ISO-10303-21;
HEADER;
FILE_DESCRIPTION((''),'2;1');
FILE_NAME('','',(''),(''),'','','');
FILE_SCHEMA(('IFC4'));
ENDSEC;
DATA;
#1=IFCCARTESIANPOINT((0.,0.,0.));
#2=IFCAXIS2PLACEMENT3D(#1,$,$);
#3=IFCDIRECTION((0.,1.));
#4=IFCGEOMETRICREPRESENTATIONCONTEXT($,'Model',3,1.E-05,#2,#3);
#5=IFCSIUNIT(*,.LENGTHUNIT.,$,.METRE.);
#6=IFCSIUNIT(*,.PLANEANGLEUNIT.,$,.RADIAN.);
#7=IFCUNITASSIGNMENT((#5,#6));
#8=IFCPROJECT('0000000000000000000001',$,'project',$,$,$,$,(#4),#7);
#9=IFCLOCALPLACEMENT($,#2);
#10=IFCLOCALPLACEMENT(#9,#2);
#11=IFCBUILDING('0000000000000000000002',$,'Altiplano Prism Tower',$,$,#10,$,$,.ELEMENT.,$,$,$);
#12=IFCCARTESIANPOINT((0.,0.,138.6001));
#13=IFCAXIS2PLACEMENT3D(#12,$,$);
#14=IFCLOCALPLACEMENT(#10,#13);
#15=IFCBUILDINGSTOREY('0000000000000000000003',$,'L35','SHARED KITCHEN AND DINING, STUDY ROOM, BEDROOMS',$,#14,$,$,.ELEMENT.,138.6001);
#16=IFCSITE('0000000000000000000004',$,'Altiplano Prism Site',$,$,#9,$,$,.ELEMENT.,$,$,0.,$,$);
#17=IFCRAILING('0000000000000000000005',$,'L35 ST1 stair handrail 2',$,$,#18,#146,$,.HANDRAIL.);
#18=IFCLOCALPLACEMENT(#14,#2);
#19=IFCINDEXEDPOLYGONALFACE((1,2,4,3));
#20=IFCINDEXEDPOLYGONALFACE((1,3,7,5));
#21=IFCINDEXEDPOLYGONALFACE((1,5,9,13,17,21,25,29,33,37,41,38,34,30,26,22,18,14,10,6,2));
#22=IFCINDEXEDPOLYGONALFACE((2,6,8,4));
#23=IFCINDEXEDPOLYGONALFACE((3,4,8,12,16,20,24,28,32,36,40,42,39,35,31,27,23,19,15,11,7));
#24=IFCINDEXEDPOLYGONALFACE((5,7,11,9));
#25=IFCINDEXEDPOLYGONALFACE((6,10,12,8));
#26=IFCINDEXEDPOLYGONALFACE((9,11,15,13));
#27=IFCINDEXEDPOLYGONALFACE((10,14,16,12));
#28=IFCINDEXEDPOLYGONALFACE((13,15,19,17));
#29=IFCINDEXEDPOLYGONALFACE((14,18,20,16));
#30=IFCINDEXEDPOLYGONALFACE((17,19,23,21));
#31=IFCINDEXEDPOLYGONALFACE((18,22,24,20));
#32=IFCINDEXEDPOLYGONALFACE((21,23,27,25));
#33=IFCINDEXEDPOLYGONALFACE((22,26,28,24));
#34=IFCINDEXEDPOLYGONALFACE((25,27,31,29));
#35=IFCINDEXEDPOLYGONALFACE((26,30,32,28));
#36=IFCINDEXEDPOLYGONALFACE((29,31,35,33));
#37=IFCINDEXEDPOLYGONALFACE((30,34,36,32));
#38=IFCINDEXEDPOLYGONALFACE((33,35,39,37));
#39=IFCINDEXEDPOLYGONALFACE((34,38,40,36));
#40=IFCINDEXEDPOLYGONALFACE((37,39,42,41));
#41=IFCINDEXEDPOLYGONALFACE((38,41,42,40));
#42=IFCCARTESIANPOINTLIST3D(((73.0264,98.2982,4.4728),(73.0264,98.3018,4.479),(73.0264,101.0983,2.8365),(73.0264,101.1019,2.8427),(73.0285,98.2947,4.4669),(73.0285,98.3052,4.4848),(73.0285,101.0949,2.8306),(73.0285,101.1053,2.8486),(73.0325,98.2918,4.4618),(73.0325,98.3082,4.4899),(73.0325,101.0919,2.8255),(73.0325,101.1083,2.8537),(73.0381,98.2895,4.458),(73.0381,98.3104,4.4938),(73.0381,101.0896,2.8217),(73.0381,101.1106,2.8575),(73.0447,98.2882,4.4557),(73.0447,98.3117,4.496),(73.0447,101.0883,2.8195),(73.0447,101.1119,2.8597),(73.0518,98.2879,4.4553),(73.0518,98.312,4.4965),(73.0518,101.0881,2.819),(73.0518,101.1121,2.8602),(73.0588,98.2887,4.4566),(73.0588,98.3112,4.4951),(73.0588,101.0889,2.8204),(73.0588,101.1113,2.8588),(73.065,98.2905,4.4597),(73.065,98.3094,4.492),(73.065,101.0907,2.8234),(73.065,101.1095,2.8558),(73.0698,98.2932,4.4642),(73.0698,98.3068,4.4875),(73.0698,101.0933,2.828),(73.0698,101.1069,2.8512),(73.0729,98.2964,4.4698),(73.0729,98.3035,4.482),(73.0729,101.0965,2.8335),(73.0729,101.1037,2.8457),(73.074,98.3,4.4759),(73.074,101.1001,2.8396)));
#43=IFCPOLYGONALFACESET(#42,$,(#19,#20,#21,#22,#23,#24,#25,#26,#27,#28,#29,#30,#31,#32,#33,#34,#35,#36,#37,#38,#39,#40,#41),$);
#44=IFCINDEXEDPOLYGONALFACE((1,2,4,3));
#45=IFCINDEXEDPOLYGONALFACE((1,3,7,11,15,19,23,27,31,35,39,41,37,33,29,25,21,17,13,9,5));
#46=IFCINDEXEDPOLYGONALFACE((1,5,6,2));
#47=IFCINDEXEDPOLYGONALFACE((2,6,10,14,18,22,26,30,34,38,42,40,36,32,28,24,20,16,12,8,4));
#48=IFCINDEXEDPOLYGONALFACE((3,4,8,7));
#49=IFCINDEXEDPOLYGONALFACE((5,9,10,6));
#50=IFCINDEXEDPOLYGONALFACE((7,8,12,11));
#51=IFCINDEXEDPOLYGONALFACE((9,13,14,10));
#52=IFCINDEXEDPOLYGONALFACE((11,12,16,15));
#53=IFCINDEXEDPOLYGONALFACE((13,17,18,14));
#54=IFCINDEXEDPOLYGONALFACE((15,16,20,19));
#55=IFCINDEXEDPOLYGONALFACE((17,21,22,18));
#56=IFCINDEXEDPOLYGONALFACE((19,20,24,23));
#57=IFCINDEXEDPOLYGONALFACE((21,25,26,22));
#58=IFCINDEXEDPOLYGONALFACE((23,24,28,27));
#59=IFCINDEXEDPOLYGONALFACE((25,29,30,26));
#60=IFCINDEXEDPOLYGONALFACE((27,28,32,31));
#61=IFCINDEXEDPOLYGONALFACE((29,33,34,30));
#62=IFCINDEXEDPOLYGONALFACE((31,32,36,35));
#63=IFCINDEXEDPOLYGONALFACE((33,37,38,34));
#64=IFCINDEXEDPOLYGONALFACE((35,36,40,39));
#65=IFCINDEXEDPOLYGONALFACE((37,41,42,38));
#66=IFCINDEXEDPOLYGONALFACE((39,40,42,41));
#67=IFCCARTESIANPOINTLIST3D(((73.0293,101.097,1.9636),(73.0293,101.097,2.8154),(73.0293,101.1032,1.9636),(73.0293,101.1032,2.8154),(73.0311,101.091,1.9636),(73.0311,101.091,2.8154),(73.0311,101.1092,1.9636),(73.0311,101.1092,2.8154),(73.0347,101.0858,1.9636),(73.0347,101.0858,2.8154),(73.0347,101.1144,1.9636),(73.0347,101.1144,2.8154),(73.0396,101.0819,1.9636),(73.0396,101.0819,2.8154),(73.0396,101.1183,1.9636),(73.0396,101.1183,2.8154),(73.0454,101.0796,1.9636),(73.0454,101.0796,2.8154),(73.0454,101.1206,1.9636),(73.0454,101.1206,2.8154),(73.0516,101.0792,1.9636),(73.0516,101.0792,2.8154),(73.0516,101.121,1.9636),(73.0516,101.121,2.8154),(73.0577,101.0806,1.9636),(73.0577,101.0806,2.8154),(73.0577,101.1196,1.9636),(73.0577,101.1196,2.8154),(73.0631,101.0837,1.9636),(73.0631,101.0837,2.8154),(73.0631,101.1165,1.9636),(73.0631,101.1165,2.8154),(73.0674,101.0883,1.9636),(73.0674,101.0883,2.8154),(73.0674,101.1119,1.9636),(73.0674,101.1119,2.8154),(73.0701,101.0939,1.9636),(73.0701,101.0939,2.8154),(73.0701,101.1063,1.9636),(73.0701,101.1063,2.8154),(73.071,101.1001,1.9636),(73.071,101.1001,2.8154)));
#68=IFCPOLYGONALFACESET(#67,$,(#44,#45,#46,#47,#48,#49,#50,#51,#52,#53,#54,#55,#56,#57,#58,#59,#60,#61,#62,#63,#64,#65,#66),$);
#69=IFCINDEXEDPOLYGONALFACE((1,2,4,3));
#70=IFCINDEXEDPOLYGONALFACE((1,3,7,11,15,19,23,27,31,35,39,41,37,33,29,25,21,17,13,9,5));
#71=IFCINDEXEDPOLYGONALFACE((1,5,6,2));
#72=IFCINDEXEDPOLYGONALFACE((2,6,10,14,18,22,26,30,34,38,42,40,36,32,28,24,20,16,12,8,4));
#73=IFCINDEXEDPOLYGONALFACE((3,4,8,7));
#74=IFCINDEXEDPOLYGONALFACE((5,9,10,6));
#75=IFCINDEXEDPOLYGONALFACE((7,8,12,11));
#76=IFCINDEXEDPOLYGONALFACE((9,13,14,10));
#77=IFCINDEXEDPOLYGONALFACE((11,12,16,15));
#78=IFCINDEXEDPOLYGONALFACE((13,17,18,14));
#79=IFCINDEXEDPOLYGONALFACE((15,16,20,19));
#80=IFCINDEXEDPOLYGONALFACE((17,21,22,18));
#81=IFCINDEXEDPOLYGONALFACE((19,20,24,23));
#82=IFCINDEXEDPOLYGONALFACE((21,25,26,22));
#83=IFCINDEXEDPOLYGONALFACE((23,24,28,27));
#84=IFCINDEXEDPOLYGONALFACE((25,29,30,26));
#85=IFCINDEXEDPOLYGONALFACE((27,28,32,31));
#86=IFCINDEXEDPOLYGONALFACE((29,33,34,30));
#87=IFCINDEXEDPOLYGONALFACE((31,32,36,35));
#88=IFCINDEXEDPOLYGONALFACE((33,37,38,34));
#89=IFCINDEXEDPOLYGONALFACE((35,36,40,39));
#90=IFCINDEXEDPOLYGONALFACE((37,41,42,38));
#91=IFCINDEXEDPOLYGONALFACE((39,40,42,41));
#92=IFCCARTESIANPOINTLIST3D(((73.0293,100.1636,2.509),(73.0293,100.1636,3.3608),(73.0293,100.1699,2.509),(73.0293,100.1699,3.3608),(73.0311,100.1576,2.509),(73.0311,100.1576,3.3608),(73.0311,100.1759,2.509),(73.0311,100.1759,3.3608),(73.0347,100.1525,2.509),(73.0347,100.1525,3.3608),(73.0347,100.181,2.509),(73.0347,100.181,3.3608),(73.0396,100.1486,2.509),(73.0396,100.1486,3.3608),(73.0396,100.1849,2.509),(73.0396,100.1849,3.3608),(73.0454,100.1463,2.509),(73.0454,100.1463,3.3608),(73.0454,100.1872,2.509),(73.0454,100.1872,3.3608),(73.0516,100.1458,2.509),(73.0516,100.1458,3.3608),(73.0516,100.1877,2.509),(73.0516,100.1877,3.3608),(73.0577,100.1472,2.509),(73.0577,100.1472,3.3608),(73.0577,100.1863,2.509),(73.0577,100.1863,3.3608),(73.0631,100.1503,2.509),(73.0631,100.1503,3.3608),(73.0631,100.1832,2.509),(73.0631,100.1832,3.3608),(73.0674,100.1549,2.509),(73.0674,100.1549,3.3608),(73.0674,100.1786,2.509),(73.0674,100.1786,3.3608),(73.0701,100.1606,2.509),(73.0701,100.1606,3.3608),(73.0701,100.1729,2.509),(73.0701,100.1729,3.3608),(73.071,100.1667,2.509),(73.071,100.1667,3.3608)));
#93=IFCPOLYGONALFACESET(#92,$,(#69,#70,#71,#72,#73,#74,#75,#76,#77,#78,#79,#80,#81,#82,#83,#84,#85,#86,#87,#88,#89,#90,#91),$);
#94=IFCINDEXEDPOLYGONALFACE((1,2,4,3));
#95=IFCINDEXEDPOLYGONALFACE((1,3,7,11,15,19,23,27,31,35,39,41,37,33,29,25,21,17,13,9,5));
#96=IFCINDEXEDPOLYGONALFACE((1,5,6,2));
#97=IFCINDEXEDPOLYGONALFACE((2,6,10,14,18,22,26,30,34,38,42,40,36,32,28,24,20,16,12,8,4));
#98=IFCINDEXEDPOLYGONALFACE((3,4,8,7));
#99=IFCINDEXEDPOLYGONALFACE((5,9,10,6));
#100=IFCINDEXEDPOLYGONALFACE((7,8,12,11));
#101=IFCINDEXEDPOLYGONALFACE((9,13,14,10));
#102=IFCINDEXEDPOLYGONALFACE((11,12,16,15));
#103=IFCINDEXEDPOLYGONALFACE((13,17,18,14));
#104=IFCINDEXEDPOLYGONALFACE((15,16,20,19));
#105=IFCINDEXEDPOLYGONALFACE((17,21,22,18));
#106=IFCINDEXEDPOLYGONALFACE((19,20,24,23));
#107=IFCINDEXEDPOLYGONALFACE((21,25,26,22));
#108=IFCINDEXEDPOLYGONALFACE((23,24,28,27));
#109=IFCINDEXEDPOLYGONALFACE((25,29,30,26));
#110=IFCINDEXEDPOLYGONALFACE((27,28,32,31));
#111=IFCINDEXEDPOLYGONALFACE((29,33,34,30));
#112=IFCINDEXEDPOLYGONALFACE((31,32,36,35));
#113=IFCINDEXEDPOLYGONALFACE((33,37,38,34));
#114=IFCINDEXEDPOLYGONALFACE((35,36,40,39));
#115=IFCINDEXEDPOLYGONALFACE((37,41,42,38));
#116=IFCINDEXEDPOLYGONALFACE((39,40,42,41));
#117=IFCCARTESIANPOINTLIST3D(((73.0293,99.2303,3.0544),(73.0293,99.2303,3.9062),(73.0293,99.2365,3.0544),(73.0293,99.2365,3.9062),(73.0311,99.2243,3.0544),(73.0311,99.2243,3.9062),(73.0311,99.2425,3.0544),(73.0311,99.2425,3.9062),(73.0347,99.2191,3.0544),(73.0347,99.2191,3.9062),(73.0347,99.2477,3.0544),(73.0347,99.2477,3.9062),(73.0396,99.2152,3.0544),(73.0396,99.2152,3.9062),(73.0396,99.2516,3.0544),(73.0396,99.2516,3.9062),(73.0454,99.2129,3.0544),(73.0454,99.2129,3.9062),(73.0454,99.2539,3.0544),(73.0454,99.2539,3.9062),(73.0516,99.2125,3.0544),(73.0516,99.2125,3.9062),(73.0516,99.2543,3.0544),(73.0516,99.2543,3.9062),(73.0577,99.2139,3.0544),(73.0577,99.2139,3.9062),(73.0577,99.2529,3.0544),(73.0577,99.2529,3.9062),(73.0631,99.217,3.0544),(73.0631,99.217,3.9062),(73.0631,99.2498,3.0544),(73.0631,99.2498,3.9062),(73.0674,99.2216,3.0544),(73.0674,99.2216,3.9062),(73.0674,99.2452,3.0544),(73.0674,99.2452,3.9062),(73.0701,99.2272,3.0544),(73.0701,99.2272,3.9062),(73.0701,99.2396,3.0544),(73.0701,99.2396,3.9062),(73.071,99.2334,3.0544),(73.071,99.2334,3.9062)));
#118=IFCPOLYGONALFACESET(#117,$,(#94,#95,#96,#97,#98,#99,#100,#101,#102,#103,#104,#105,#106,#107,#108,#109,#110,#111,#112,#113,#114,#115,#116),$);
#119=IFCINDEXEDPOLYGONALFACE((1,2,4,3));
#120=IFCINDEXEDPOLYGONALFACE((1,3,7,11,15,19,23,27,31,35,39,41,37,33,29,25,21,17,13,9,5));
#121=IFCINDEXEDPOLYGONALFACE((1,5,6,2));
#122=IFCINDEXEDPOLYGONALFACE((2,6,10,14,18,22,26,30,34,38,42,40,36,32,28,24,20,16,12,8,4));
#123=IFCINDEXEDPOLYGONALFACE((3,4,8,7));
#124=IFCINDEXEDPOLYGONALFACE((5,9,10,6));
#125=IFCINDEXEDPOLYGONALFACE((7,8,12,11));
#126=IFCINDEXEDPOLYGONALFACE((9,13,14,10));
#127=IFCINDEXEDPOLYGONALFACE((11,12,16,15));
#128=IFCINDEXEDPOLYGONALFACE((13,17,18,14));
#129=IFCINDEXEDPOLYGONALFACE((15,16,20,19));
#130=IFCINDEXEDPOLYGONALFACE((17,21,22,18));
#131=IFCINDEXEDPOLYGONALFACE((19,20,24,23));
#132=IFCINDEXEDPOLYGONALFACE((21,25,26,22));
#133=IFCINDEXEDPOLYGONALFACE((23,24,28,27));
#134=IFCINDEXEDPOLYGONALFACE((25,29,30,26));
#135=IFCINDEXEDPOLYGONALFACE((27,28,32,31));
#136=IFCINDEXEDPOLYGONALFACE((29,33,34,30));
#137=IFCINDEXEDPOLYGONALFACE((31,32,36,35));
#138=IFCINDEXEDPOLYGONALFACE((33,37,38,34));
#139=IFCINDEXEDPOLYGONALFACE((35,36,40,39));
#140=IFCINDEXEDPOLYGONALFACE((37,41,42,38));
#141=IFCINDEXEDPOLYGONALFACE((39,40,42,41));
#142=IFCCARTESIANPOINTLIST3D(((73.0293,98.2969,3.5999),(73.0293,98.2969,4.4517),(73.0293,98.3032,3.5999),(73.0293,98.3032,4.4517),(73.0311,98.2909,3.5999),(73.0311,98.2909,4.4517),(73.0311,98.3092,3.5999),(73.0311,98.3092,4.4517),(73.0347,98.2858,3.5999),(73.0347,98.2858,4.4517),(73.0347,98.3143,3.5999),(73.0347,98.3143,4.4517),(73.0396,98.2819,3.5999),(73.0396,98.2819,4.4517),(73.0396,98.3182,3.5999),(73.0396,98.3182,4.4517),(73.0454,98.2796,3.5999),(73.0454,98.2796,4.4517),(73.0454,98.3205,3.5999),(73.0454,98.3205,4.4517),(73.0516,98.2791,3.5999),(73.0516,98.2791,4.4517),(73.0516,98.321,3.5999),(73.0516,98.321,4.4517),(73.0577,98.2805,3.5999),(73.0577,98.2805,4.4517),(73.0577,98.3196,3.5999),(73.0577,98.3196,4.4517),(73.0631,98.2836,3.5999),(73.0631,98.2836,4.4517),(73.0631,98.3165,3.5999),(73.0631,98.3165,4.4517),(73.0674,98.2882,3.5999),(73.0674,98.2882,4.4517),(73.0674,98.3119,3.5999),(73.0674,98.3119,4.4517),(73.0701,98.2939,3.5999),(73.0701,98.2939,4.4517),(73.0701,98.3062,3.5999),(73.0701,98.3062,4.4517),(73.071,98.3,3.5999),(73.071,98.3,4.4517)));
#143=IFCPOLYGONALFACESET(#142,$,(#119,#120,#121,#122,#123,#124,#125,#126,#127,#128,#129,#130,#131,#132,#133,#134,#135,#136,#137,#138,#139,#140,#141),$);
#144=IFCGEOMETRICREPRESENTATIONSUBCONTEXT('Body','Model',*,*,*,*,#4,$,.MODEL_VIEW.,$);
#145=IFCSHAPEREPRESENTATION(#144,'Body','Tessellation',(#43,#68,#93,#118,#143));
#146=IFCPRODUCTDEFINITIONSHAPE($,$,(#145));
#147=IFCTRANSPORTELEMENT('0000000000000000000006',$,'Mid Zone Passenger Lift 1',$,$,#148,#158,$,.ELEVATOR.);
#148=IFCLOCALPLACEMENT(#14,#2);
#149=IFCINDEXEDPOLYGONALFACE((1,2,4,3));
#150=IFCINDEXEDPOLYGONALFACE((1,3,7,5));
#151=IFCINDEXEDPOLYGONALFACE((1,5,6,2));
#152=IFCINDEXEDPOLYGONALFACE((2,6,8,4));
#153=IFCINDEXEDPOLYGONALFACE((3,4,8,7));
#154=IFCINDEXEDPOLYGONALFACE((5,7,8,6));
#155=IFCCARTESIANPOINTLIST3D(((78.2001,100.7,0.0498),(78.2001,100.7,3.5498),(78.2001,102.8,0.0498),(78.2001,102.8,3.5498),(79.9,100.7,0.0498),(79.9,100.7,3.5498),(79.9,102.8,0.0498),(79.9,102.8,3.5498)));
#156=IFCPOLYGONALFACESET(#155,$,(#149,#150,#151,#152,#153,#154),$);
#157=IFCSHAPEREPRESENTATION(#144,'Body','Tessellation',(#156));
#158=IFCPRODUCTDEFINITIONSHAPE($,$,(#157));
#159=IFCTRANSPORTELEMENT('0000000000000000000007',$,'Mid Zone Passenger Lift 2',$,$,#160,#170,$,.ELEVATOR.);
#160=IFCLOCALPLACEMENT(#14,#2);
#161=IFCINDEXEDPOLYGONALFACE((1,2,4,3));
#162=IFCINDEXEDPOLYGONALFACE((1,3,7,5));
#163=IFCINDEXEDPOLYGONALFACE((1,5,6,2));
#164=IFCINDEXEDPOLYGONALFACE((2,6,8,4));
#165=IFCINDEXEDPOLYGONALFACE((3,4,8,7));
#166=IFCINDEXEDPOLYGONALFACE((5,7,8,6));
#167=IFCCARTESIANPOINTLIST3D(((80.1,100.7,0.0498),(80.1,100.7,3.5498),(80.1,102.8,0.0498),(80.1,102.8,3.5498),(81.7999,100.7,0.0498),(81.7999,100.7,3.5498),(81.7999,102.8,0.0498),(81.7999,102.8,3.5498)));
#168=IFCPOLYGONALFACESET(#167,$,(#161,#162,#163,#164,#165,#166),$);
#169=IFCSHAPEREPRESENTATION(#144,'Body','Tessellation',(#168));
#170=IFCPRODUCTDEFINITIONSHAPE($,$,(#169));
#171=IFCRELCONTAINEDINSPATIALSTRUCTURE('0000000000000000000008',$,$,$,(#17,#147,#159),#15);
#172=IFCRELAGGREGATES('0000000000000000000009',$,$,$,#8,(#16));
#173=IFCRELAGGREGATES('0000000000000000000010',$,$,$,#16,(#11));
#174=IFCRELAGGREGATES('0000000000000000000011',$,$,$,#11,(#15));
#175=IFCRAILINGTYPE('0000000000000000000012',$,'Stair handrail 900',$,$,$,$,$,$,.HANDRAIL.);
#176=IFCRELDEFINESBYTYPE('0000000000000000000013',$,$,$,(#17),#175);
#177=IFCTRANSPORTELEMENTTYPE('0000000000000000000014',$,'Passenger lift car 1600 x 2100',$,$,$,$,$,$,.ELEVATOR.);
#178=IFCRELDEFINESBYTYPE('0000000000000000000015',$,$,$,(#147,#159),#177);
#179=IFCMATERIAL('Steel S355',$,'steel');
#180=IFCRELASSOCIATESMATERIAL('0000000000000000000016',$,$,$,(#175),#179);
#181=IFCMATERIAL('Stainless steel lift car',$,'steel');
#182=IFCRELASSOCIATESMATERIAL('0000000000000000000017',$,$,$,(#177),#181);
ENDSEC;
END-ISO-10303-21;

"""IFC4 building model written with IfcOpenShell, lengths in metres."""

from ifc_helpers import new_model, si_unit, direction, frame, origin, origin_2d, place, context, subcontext, project, spatial, rectangle, circle, extrude, material, type_object, element, save


model = new_model("IFC4")

# Units and contexts
model_context = context("Model", 3, precision=1e-05, world=origin(), true_north=direction((0.0, 1.0)))
body_context = subcontext(model_context, "Body", "Model", "MODEL_VIEW")
ifc_project = project(units=[si_unit("LENGTHUNIT", "METRE"), si_unit("PLANEANGLEUNIT", "RADIAN")], contexts=[model_context])

# Site, building, storey
site_placement = place(None, origin())
site = spatial("IfcSite", under=ifc_project, at=site_placement, Name="Altiplano Prism Site", CompositionType="ELEMENT", RefElevation=0.0)
building_placement = place(site_placement, origin())
building = spatial("IfcBuilding", under=site, at=building_placement, Name="Altiplano Prism Tower", CompositionType="ELEMENT")
storey_placement = place(building_placement, frame((0.0, 0.0, 138.6001)))
storey = spatial("IfcBuildingStorey", under=building, at=storey_placement, Name="L35", Description="SHARED KITCHEN AND DINING, STUDY ROOM, BEDROOMS", CompositionType="ELEMENT", Elevation=138.6001)

# Railing
ifc_material_1 = material(Name="Steel S355", Category="steel")
railing_type_1 = type_object("IfcRailingType", Name="Stair handrail 900", PredefinedType="HANDRAIL", material=ifc_material_1)
railing_1_placement = place(storey_placement, frame((73.05, 101.1001, 1.9636)))
element("IfcRailing", 1, at=railing_1_placement, inside=storey, type_object=railing_type_1, Name="L35 ST1 stair handrail 2", PredefinedType="HANDRAIL", context=body_context, shape_type="SweptSolid", body=[
    extrude(circle(Radius=0.0239, at=origin_2d()), frame((0.0, 0.0, 0.876), z_axis=(0.0, -0.863394, 0.504531), x_axis=(1.0, 0.0, 0.0)), (0.0, 0.0, 1.0), 3.2432),
    extrude(circle(Radius=0.021, at=origin_2d()), origin(), (0.0, 0.0, 1.0), 0.8518),
    extrude(circle(Radius=0.021, at=origin_2d()), frame((0.0, -0.9333, 0.5454)), (0.0, 0.0, 1.0), 0.8518),
    extrude(circle(Radius=0.021, at=origin_2d()), frame((0.0, -1.8667, 1.0908)), (0.0, 0.0, 1.0), 0.8518),
    extrude(circle(Radius=0.021, at=origin_2d()), frame((0.0, -2.8, 1.6362)), (0.0, 0.0, 1.0), 0.8518),
])

# Transport elements
ifc_material_2 = material(Name="Stainless steel lift car", Category="steel")
transport_element_type = type_object("IfcTransportElementType", Name="Passenger lift car 1600 x 2100", PredefinedType="ELEVATOR", material=ifc_material_2)
for number, where, z_axis, x_axis, name in (
    (2, (79.05, 101.75, 0.0498), (0.0, 0.0, 1.0), (1.0, 0.0, 0.0), "Mid Zone Passenger Lift 1"),
    (3, (80.95, 101.75, 0.0498), (0.0, 0.0, 1.0), (1.0, 0.0, 0.0), "Mid Zone Passenger Lift 2"),
):
    element("IfcTransportElement", number, at=place(storey_placement, frame(where, z_axis=z_axis, x_axis=x_axis)), inside=storey, type_object=transport_element_type, Name=name, PredefinedType="ELEVATOR", context=body_context, shape_type="SweptSolid", body=[
        extrude(rectangle(XDim=1.7, YDim=2.1001, at=origin_2d()), origin(), (0.0, 0.0, 1.0), 3.5),
    ])

save(model, "model.ifc")
